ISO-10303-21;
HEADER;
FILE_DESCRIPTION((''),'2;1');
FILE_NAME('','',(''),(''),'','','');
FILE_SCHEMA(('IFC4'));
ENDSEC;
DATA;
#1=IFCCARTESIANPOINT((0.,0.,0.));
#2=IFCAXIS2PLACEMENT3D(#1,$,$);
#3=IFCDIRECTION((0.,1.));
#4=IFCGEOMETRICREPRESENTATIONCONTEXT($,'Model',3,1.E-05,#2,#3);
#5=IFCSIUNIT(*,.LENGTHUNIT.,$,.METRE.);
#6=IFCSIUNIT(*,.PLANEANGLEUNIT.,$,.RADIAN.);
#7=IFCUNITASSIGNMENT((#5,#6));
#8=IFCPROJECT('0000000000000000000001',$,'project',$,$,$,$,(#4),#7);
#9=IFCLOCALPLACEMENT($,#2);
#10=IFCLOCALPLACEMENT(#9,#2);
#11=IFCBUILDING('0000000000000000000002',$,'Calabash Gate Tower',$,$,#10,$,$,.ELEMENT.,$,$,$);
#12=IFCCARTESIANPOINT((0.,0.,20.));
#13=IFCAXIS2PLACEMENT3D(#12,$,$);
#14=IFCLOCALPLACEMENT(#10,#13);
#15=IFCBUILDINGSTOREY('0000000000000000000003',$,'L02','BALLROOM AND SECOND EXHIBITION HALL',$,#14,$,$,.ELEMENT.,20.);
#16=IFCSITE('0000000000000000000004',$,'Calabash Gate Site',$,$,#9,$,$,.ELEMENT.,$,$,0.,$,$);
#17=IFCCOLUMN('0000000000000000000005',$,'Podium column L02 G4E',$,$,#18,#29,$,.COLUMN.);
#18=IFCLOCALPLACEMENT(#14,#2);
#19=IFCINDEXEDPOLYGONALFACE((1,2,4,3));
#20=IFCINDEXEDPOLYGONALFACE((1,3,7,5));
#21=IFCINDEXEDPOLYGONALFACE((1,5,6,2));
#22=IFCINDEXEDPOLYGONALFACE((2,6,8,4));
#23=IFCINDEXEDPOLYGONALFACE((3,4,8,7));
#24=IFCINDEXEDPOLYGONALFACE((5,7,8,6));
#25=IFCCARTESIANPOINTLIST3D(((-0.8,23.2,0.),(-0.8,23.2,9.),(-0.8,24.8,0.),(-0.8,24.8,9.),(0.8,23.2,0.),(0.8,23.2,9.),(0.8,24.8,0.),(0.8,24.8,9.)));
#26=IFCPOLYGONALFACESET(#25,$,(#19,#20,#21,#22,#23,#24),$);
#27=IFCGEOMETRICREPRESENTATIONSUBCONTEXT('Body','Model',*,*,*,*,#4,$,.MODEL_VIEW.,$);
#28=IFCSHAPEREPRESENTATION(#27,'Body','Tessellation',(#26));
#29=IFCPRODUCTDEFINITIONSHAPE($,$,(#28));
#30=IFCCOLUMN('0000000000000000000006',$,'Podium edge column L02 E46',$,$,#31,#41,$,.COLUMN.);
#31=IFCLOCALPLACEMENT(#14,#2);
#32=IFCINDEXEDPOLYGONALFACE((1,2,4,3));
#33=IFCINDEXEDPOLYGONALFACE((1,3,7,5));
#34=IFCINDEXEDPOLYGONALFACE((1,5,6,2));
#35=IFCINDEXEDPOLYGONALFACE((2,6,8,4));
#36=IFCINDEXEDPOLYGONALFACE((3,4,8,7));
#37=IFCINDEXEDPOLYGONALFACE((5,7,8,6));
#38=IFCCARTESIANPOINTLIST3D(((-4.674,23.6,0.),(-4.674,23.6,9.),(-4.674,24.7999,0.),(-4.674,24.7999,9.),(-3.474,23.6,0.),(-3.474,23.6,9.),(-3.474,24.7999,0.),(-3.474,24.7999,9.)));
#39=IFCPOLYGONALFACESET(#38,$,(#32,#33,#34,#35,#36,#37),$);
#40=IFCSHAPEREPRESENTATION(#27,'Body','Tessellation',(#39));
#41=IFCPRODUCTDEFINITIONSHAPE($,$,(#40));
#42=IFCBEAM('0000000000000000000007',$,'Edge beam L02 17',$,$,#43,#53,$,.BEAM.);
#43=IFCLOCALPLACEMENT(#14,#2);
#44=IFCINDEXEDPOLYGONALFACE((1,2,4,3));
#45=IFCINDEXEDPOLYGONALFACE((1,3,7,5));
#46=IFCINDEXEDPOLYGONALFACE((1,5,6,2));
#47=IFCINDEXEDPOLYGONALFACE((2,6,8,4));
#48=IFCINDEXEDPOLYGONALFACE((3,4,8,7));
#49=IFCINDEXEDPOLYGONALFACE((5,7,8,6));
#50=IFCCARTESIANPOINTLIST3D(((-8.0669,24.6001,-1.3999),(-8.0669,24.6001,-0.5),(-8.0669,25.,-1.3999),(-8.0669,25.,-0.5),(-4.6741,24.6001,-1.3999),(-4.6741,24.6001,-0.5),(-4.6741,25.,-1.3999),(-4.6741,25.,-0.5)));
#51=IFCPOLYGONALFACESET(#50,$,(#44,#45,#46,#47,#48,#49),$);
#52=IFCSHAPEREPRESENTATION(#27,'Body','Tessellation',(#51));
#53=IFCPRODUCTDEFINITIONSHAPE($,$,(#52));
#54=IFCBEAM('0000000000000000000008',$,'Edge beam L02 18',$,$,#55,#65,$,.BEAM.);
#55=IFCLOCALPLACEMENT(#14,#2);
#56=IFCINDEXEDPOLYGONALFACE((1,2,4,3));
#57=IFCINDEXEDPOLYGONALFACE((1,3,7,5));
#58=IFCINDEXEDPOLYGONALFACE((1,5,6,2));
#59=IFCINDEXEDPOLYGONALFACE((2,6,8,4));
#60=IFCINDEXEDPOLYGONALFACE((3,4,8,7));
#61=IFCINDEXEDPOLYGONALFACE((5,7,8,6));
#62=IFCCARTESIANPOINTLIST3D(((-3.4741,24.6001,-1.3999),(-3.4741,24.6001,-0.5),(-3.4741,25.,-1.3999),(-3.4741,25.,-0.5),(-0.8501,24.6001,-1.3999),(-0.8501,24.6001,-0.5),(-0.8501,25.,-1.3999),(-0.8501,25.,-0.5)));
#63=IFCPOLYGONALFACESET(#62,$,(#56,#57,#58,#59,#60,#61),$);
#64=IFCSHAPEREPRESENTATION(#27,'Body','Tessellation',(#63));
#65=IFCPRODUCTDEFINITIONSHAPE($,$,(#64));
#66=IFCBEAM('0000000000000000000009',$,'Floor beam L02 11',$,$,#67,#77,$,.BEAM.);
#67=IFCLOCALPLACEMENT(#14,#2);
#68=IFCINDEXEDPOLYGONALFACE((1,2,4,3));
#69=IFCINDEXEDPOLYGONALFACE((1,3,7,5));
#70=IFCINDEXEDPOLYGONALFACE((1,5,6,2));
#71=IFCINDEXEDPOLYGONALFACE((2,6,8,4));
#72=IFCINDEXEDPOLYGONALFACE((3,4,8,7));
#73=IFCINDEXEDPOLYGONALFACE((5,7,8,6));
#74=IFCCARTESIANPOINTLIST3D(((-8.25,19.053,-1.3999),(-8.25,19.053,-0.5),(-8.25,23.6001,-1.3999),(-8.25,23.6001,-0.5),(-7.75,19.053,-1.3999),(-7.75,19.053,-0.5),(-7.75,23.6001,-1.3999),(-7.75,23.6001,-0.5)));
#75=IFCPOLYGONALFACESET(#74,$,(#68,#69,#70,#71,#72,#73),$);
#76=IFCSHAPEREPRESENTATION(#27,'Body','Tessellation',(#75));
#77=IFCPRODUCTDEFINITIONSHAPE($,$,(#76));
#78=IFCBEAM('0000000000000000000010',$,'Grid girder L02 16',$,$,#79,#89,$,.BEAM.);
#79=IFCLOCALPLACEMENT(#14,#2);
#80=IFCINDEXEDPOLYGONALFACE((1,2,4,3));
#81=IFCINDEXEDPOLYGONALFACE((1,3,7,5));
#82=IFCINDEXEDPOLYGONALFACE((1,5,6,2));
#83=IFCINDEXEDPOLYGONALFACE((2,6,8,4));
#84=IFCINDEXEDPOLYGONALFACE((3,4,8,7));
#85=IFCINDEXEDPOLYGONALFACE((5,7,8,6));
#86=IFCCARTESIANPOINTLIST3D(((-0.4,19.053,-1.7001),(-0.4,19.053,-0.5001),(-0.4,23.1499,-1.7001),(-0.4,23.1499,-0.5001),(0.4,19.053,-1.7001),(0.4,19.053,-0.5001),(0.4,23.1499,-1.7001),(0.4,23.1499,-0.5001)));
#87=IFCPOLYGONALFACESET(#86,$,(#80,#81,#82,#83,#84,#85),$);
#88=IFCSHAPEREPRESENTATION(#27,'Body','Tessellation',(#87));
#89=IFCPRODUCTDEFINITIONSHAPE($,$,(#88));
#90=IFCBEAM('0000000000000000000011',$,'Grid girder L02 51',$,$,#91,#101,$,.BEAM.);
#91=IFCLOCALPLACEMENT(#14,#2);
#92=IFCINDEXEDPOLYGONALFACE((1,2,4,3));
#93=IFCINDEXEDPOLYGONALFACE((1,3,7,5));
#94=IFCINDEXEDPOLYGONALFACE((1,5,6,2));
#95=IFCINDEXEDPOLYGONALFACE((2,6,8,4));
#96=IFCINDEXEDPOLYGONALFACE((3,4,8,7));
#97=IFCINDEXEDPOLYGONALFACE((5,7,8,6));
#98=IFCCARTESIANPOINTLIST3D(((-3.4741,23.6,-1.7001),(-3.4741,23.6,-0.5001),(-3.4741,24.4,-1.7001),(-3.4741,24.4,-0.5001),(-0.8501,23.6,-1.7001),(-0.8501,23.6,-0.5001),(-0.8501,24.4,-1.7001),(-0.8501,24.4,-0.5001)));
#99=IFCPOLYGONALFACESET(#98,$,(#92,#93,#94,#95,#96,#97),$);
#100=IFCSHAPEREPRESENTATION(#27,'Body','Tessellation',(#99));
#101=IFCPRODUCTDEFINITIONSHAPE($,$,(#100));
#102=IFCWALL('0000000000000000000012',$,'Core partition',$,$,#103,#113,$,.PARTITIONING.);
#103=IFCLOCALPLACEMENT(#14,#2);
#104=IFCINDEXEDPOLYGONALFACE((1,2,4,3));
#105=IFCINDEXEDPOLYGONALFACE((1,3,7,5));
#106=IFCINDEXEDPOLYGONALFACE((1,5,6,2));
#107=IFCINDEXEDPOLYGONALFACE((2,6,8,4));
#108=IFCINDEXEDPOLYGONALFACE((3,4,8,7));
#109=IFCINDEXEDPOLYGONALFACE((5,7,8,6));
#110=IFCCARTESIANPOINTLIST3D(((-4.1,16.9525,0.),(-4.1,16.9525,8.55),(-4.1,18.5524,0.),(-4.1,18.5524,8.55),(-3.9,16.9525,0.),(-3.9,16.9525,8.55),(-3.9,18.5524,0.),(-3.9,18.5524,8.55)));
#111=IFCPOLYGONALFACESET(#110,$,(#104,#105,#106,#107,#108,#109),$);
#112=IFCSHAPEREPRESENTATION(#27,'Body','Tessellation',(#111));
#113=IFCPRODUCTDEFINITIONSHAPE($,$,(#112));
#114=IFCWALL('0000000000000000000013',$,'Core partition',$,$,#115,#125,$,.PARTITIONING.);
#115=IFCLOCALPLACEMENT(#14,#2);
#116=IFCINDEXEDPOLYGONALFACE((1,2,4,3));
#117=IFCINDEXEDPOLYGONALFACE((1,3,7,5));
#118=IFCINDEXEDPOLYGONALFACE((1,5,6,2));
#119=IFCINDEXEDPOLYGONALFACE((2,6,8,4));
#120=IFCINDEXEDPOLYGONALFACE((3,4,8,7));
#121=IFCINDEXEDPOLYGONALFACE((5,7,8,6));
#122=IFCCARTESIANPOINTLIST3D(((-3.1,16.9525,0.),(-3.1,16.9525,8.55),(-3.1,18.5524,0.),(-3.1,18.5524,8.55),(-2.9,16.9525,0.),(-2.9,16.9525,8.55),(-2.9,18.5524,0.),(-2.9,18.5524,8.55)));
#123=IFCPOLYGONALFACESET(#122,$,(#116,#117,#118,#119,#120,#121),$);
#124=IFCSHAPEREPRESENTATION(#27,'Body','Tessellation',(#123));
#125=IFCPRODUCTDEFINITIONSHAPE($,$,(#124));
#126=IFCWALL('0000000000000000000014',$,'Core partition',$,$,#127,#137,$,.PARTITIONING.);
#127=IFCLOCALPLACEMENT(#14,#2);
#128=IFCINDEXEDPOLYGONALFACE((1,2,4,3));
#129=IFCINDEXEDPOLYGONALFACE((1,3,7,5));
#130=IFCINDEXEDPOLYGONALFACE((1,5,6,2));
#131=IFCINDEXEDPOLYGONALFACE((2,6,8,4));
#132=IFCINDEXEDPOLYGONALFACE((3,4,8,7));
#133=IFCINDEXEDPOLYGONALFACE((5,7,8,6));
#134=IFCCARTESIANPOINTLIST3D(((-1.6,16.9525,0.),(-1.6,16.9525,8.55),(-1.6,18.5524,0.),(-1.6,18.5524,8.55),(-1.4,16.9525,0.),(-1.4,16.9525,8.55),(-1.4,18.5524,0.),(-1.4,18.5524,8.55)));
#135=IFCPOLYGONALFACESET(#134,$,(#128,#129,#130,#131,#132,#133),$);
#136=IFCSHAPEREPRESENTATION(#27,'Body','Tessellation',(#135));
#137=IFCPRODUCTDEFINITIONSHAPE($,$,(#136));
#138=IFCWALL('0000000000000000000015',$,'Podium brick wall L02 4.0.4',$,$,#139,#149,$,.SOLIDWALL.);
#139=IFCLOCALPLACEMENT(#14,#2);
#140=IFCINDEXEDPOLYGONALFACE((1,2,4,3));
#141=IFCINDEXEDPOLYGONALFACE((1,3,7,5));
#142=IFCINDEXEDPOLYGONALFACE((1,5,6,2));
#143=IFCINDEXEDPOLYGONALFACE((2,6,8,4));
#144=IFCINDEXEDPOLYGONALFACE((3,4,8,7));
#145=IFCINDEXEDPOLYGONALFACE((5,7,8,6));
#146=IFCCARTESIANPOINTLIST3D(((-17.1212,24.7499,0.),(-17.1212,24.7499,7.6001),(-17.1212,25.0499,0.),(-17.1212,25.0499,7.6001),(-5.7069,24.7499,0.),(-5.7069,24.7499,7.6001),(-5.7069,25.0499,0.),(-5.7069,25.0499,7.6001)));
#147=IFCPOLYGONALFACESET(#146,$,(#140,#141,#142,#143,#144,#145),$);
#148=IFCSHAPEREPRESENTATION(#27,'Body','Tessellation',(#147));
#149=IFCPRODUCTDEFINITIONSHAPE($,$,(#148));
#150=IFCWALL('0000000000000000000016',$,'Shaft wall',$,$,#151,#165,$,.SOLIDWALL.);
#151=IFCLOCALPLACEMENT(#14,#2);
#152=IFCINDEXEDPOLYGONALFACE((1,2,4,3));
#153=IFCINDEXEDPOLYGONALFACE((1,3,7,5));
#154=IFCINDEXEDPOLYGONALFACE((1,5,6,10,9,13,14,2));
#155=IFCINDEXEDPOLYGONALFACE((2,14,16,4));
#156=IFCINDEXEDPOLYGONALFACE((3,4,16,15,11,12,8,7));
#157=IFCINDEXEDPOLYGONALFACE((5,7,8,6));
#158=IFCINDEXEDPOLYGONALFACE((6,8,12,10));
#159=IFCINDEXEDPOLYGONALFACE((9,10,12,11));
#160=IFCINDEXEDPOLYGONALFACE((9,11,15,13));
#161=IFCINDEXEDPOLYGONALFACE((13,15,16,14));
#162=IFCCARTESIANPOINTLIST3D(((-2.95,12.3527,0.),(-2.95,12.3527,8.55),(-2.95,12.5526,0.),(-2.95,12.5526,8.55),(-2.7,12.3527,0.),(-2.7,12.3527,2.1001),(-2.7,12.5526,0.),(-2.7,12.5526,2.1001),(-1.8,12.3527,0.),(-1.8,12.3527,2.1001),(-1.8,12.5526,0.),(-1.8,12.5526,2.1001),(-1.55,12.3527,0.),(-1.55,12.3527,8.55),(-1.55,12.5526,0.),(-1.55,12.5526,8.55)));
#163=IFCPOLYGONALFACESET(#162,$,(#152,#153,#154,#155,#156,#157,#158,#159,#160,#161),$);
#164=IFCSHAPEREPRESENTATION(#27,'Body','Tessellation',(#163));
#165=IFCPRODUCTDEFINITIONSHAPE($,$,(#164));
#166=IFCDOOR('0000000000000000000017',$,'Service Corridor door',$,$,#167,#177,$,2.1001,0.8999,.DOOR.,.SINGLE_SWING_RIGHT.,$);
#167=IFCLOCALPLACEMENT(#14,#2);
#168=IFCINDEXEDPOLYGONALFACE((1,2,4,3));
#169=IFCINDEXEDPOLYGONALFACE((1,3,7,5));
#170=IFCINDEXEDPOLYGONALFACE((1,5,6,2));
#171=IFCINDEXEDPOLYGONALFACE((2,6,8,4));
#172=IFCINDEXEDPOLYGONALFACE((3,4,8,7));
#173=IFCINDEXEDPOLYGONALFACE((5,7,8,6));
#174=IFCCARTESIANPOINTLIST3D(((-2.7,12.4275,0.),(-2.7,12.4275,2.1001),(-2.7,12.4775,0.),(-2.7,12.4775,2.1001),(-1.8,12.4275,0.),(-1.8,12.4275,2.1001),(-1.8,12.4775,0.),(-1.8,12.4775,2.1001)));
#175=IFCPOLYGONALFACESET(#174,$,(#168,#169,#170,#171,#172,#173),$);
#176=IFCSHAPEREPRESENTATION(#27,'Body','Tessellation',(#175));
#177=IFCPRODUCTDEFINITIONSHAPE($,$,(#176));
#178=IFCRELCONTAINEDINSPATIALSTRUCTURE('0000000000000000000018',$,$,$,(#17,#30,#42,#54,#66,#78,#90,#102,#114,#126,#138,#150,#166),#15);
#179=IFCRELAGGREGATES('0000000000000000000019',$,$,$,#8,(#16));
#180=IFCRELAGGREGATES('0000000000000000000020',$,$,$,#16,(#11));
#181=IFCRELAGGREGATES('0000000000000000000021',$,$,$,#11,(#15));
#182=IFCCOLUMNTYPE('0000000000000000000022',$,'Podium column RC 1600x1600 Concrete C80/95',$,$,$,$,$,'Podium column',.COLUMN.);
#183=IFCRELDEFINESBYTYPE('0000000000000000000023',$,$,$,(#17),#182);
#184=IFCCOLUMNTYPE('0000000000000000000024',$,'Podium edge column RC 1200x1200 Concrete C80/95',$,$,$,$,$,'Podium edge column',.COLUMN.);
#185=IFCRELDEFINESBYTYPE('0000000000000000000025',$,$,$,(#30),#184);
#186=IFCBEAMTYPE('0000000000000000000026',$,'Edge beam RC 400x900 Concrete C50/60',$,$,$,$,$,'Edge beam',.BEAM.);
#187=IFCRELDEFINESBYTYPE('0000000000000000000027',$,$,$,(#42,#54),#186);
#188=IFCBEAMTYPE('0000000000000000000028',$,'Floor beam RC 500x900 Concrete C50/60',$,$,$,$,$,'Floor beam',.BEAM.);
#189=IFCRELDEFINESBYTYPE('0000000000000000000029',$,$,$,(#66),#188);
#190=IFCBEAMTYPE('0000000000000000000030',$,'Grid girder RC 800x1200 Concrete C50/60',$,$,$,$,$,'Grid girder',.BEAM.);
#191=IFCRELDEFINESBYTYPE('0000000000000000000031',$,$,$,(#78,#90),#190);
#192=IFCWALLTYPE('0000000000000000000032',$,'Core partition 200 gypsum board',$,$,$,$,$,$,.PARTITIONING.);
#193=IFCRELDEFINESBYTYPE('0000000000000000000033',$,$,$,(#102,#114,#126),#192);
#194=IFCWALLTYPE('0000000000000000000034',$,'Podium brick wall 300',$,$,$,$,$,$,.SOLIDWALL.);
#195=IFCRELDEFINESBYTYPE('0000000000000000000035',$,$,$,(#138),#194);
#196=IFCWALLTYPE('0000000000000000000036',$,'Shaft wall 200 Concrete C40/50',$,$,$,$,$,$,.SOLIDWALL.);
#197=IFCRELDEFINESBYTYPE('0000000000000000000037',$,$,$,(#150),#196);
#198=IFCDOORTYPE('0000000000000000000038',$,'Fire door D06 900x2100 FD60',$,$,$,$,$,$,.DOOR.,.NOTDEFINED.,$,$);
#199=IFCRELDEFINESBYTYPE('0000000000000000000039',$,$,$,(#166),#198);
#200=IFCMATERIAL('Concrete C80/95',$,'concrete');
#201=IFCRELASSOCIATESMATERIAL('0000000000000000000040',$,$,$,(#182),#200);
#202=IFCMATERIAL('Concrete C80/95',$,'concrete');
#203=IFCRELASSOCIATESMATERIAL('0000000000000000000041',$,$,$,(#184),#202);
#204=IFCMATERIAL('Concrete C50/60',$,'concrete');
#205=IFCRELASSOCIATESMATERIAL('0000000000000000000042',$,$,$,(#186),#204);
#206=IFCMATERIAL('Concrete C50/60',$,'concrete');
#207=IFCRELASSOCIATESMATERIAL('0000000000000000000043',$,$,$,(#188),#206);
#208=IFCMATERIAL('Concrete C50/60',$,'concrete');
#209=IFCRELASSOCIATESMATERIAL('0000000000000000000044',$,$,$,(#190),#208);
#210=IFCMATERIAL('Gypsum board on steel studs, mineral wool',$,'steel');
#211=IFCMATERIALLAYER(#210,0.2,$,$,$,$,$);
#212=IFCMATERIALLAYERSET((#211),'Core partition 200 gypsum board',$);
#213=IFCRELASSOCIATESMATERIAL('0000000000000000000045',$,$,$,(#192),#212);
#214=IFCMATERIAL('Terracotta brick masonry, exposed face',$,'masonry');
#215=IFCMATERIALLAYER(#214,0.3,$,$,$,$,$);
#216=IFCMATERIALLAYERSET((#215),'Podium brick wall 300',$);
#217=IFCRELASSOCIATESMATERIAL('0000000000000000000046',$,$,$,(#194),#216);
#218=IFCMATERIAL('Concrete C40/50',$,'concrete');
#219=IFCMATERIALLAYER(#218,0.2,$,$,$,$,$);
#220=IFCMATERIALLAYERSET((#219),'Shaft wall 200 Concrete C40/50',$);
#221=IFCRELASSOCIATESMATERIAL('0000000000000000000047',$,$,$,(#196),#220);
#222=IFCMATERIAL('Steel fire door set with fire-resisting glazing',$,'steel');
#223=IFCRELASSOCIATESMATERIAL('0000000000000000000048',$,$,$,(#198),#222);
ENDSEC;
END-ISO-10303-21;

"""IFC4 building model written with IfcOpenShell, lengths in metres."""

from ifc_helpers import new_model, si_unit, direction, frame, frame_2d, origin, origin_2d, place, context, subcontext, project, spatial, rectangle, extrude, material, layer, layer_set, material_profile, profile_set, type_object, element, fill, save


model = new_model("IFC4")

# Units and contexts
model_context = context("Model", 3, precision=1e-05, world=origin(), true_north=direction((0.0, 1.0)))
body_context = subcontext(model_context, "Body", "Model", "MODEL_VIEW")
ifc_project = project(units=[si_unit("LENGTHUNIT", "METRE"), si_unit("PLANEANGLEUNIT", "RADIAN")], contexts=[model_context])

# Site, building, storey
site_placement = place(None, origin())
site = spatial("IfcSite", under=ifc_project, at=site_placement, Name="Calabash Gate Site", CompositionType="ELEMENT", RefElevation=0.0)
building_placement = place(site_placement, origin())
building = spatial("IfcBuilding", under=site, at=building_placement, Name="Calabash Gate Tower", CompositionType="ELEMENT")
storey_placement = place(building_placement, frame((0.0, 0.0, 20.0)))
storey = spatial("IfcBuildingStorey", under=building, at=storey_placement, Name="L02", Description="BALLROOM AND SECOND EXHIBITION HALL", CompositionType="ELEMENT", Elevation=20.0)

# Columns
ifc_material_1 = material(Name="Concrete C80/95", Category="concrete")
ifc_material_profile_1 = material_profile(ifc_material_1, rectangle(XDim=1.6001, YDim=1.6001, at=origin_2d()))
ifc_profile_set_1 = profile_set([ifc_material_profile_1], Name="Concrete C80/95")
column_type_1 = type_object("IfcColumnType", Name="Podium column RC 1600x1600 Concrete C80/95", ElementType="Podium column", PredefinedType="COLUMN", material=ifc_profile_set_1)
column_1_placement = place(storey_placement, frame((0.0, 24.0, 0.0), z_axis=(0.0, 0.0, 1.0), x_axis=(1.0, 0.0, 0.0)))
element("IfcColumn", 1, at=column_1_placement, inside=storey, type_object=column_type_1, Name="Podium column L02 G4E", PredefinedType="COLUMN", context=body_context, shape_type="SweptSolid", body=[
    extrude(rectangle(XDim=1.6001, YDim=1.6001, at=origin_2d()), origin(), (0.0, 0.0, 1.0), 9.0),
])
ifc_material_2 = material(Name="Concrete C80/95", Category="concrete")
ifc_material_profile_2 = material_profile(ifc_material_2, rectangle(XDim=1.2, YDim=1.2, at=origin_2d()))
ifc_profile_set_2 = profile_set([ifc_material_profile_2], Name="Concrete C80/95")
column_type_2 = type_object("IfcColumnType", Name="Podium edge column RC 1200x1200 Concrete C80/95", ElementType="Podium edge column", PredefinedType="COLUMN", material=ifc_profile_set_2)
column_2_placement = place(storey_placement, frame((-4.074, 24.2, 0.0), z_axis=(0.0, 0.0, 1.0), x_axis=(1.0, 0.0, 0.0)))
element("IfcColumn", 2, at=column_2_placement, inside=storey, type_object=column_type_2, Name="Podium edge column L02 E46", PredefinedType="COLUMN", context=body_context, shape_type="SweptSolid", body=[
    extrude(rectangle(XDim=1.2, YDim=1.2, at=origin_2d()), origin(), (0.0, 0.0, 1.0), 9.0),
])

# Beams
ifc_material_3 = material(Name="Concrete C50/60", Category="concrete")
ifc_material_profile_3 = material_profile(ifc_material_3, rectangle(XDim=0.3999, YDim=0.8999, at=origin_2d()))
ifc_profile_set_3 = profile_set([ifc_material_profile_3], Name="Concrete C50/60")
beam_type_1 = type_object("IfcBeamType", Name="Edge beam RC 400x900 Concrete C50/60", ElementType="Edge beam", PredefinedType="BEAM", material=ifc_profile_set_3)
beam_1_placement = place(storey_placement, frame((-8.0669, 24.8, -0.95), z_axis=(1.0, 0.0, 0.0), x_axis=(0.0, 1.0, 0.0)))
element("IfcBeam", 3, at=beam_1_placement, inside=storey, type_object=beam_type_1, Name="Edge beam L02 17", PredefinedType="BEAM", context=body_context, shape_type="SweptSolid", body=[
    extrude(rectangle(XDim=0.3999, YDim=0.8999, at=origin_2d()), origin(), (0.0, 0.0, 1.0), 3.3928),
])
beam_2_placement = place(storey_placement, frame((-3.4741, 24.8, -0.95), z_axis=(1.0, 0.0, 0.0), x_axis=(0.0, 1.0, 0.0)))
element("IfcBeam", 4, at=beam_2_placement, inside=storey, type_object=beam_type_1, Name="Edge beam L02 18", PredefinedType="BEAM", context=body_context, shape_type="SweptSolid", body=[
    extrude(rectangle(XDim=0.3999, YDim=0.8999, at=origin_2d()), origin(), (0.0, 0.0, 1.0), 2.624),
])
ifc_material_4 = material(Name="Concrete C50/60", Category="concrete")
ifc_material_profile_4 = material_profile(ifc_material_4, rectangle(XDim=0.5, YDim=0.8999, at=origin_2d()))
ifc_profile_set_4 = profile_set([ifc_material_profile_4], Name="Concrete C50/60")
beam_type_2 = type_object("IfcBeamType", Name="Floor beam RC 500x900 Concrete C50/60", ElementType="Floor beam", PredefinedType="BEAM", material=ifc_profile_set_4)
beam_3_placement = place(storey_placement, frame((-8.0, 19.053, -0.95), z_axis=(0.0, 1.0, 0.0), x_axis=(-1.0, 0.0, 0.0)))
element("IfcBeam", 5, at=beam_3_placement, inside=storey, type_object=beam_type_2, Name="Floor beam L02 11", PredefinedType="BEAM", context=body_context, shape_type="SweptSolid", body=[
    extrude(rectangle(XDim=0.5, YDim=0.8999, at=origin_2d()), origin(), (0.0, 0.0, 1.0), 4.5471),
])
ifc_material_5 = material(Name="Concrete C50/60", Category="concrete")
ifc_material_profile_5 = material_profile(ifc_material_5, rectangle(XDim=0.8, YDim=1.2, at=origin_2d()))
ifc_profile_set_5 = profile_set([ifc_material_profile_5], Name="Concrete C50/60")
beam_type_3 = type_object("IfcBeamType", Name="Grid girder RC 800x1200 Concrete C50/60", ElementType="Grid girder", PredefinedType="BEAM", material=ifc_profile_set_5)
beam_4_placement = place(storey_placement, frame((0.0, 19.053, -1.1001), z_axis=(0.0, 1.0, 0.0), x_axis=(-1.0, 0.0, 0.0)))
element("IfcBeam", 6, at=beam_4_placement, inside=storey, type_object=beam_type_3, Name="Grid girder L02 16", PredefinedType="BEAM", context=body_context, shape_type="SweptSolid", body=[
    extrude(rectangle(XDim=0.8, YDim=1.2, at=origin_2d()), origin(), (0.0, 0.0, 1.0), 4.0969),
])
beam_5_placement = place(storey_placement, frame((-3.4741, 24.0, -1.1001), z_axis=(1.0, 0.0, 0.0), x_axis=(0.0, 1.0, 0.0)))
element("IfcBeam", 7, at=beam_5_placement, inside=storey, type_object=beam_type_3, Name="Grid girder L02 51", PredefinedType="BEAM", context=body_context, shape_type="SweptSolid", body=[
    extrude(rectangle(XDim=0.8, YDim=1.2, at=origin_2d()), origin(), (0.0, 0.0, 1.0), 2.624),
])

# Walls
ifc_material_6 = material(Name="Gypsum board on steel studs, mineral wool", Category="steel")
ifc_layer_1 = layer(ifc_material_6, 0.2)
ifc_layer_set_1 = layer_set([ifc_layer_1], Name="Core partition 200 gypsum board")
wall_type_1 = type_object("IfcWallType", Name="Core partition 200 gypsum board", PredefinedType="PARTITIONING", material=ifc_layer_set_1)
for number, where, z_axis, x_axis, name in (
    (8, (-4.0, 16.9526, 0.0), (0.0, 0.0, 1.0), (0.0, 1.0, 0.0), "Core partition"),
    (9, (-3.0, 16.9526, 0.0), (0.0, 0.0, 1.0), (0.0, 1.0, 0.0), "Core partition"),
    (10, (-1.5, 16.9526, 0.0), (0.0, 0.0, 1.0), (0.0, 1.0, 0.0), "Core partition"),
):
    element("IfcWall", number, at=place(storey_placement, frame(where, z_axis=z_axis, x_axis=x_axis)), inside=storey, type_object=wall_type_1, Name=name, PredefinedType="PARTITIONING", context=body_context, shape_type="SweptSolid", body=[
        extrude(rectangle(XDim=1.5999, YDim=0.2, at=frame_2d((0.7998, 0.0))), origin(), (0.0, 0.0, 1.0), 8.55),
    ])
ifc_material_7 = material(Name="Terracotta brick masonry, exposed face", Category="masonry")
ifc_layer_2 = layer(ifc_material_7, 0.3)
ifc_layer_set_2 = layer_set([ifc_layer_2], Name="Podium brick wall 300")
wall_type_2 = type_object("IfcWallType", Name="Podium brick wall 300", PredefinedType="SOLIDWALL", material=ifc_layer_set_2)
wall_1_placement = place(storey_placement, frame((-5.707, 24.8999, 0.0), z_axis=(0.0, 0.0, 1.0), x_axis=(-1.0, 0.0, 0.0)))
element("IfcWall", 11, at=wall_1_placement, inside=storey, type_object=wall_type_2, Name="Podium brick wall L02 4.0.4", PredefinedType="SOLIDWALL", context=body_context, shape_type="SweptSolid", body=[
    extrude(rectangle(XDim=11.4143, YDim=0.3, at=frame_2d((5.707, 0.0))), origin(), (0.0, 0.0, 1.0), 7.6001),
])

# Wall, opening, door
ifc_material_8 = material(Name="Concrete C40/50", Category="concrete")
ifc_layer_3 = layer(ifc_material_8, 0.2)
ifc_layer_set_3 = layer_set([ifc_layer_3], Name="Shaft wall 200 Concrete C40/50")
wall_type_3 = type_object("IfcWallType", Name="Shaft wall 200 Concrete C40/50", PredefinedType="SOLIDWALL", material=ifc_layer_set_3)
wall_2_placement = place(storey_placement, frame((-2.95, 12.4526, 0.0), z_axis=(0.0, 0.0, 1.0), x_axis=(1.0, 0.0, 0.0)))
wall_2 = element("IfcWall", 12, at=wall_2_placement, inside=storey, type_object=wall_type_3, Name="Shaft wall", PredefinedType="SOLIDWALL", context=body_context, shape_type="SweptSolid", body=[
    extrude(rectangle(XDim=1.3999, YDim=0.2, at=frame_2d((0.7, 0.0))), origin(), (0.0, 0.0, 1.0), 8.55),
])
opening_1_placement = place(wall_2_placement, frame((0.25, 0.0, 0.0)))
opening_1 = element("IfcOpeningElement", 13, at=opening_1_placement, cuts=wall_2, PredefinedType="OPENING", context=body_context, shape_type="SweptSolid", body=[
    extrude(rectangle(XDim=0.8999, YDim=2.1001, at=frame_2d((0.45, 1.05))), frame((0.0, 0.1099, 0.0), z_axis=(0.0, -1.0, 0.0), x_axis=(1.0, 0.0, 0.0)), (0.0, 0.0, 1.0), 0.22),
])
ifc_material_9 = material(Name="Steel fire door set with fire-resisting glazing", Category="steel")
door_type_1 = type_object("IfcDoorType", Name="Fire door D06 900x2100 FD60", OperationType="NOTDEFINED", PredefinedType="DOOR", material=ifc_material_9)
door_1_placement = place(opening_1_placement, origin())
door_1 = element("IfcDoor", 14, at=door_1_placement, inside=storey, type_object=door_type_1, Name="Service Corridor door", OperationType="SINGLE_SWING_RIGHT", OverallHeight=2.1001, OverallWidth=0.8999, PredefinedType="DOOR", context=body_context, shape_type="SweptSolid", body=[
    extrude(rectangle(XDim=0.8999, YDim=2.1001, at=frame_2d((0.45, 1.05))), frame((0.0, 0.0249, 0.0), z_axis=(0.0, -1.0, 0.0), x_axis=(1.0, 0.0, 0.0)), (0.0, 0.0, 1.0), 0.05),
])
fill(opening_1, door_1)

save(model, "model.ifc")
